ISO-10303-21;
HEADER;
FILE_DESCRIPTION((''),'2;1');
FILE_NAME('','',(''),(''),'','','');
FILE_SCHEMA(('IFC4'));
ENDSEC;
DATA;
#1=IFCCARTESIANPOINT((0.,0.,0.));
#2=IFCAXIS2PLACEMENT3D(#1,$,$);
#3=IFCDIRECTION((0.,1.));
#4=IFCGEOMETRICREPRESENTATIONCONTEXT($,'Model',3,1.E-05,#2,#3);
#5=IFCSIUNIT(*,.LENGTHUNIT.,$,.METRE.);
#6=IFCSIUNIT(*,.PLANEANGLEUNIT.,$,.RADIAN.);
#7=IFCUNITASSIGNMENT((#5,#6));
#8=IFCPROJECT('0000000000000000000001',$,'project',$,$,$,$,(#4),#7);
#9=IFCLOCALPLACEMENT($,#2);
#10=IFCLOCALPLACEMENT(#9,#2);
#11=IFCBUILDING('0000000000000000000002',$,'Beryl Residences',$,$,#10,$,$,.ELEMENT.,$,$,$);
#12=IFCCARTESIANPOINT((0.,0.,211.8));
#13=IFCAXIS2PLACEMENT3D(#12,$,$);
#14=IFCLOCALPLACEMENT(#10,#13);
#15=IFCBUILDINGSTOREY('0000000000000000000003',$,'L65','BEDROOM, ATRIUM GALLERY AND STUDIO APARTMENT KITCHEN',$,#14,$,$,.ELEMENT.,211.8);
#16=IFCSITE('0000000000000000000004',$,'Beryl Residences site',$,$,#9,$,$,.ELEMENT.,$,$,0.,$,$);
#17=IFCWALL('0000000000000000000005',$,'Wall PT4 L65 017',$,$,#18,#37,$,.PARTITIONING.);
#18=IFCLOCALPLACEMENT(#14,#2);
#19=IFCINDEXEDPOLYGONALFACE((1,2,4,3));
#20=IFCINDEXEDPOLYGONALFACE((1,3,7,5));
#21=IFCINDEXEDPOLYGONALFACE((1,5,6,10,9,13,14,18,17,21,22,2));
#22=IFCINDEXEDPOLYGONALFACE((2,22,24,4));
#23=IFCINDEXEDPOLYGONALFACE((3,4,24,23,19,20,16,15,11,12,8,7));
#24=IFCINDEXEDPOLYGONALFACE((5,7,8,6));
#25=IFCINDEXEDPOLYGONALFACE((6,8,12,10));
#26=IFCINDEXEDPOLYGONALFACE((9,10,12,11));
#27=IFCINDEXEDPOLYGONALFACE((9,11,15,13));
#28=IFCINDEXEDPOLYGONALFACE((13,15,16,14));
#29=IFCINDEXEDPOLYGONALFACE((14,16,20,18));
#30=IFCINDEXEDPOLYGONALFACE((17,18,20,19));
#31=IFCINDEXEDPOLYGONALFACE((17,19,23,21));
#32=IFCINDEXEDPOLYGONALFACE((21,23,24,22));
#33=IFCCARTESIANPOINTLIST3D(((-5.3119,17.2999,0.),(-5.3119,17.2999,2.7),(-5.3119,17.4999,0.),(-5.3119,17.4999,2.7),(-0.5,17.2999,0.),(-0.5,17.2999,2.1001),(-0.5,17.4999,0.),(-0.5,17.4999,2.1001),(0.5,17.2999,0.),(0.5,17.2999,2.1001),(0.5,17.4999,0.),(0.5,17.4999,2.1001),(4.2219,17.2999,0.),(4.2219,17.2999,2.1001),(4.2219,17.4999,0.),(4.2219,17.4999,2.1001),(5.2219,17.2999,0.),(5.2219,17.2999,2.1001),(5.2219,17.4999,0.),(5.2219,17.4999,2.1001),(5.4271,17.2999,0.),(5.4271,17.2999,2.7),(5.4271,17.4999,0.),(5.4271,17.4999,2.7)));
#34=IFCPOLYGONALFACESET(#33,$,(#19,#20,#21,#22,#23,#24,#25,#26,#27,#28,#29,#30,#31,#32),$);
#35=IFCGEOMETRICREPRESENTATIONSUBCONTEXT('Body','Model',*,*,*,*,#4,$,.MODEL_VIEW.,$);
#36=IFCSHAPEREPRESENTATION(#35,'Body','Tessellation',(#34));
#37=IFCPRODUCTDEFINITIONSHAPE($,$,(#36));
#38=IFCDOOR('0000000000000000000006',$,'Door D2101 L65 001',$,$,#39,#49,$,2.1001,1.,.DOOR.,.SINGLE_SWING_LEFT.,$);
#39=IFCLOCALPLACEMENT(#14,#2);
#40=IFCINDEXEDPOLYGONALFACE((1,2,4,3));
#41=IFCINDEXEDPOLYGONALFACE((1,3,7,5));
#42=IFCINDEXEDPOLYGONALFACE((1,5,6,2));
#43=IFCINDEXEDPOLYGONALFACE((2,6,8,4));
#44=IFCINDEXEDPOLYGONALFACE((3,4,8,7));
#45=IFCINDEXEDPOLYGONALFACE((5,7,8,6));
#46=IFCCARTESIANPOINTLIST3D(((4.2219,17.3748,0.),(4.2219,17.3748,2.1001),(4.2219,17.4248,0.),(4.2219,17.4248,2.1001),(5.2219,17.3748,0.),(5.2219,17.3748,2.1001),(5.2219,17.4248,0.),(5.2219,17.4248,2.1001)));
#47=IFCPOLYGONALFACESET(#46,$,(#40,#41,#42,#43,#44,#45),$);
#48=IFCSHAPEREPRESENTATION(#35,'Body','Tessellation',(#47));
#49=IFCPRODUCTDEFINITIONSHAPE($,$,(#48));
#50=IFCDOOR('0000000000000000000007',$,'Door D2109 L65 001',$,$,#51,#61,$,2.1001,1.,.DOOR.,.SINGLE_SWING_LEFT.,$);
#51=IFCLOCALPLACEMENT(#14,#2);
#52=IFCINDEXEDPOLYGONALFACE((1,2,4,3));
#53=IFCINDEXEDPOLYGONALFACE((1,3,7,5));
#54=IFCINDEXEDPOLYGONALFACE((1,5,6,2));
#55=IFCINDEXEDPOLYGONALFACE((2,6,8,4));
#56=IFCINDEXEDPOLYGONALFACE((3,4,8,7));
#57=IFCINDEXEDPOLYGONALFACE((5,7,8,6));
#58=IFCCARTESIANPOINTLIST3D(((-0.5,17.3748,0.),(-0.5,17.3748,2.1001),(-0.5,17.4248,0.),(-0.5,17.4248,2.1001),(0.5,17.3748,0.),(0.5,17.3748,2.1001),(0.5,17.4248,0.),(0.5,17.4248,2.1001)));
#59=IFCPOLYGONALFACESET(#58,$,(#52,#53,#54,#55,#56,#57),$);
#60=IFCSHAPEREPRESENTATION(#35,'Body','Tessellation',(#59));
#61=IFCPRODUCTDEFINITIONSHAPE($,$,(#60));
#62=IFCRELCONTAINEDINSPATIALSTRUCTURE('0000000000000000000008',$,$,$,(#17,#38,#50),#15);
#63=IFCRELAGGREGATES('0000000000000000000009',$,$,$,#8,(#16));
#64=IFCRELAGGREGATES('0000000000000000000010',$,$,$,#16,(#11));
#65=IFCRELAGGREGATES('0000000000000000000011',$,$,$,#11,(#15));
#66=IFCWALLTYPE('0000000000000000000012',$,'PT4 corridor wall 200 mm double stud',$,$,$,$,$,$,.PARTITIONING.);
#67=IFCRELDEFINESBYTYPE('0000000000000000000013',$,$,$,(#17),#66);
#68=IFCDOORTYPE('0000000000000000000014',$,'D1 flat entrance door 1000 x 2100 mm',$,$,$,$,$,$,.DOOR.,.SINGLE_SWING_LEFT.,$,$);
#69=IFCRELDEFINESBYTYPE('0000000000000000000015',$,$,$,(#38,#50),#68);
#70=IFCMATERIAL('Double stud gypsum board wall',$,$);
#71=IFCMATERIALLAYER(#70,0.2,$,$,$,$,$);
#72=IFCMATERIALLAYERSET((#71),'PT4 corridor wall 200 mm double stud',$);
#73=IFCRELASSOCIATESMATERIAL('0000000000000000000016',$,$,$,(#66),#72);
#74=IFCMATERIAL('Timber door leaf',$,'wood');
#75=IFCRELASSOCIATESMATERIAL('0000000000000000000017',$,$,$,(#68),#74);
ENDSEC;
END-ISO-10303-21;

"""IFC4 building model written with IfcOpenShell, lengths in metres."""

from ifc_helpers import new_model, si_unit, direction, frame, frame_2d, origin, place, context, subcontext, project, spatial, rectangle, extrude, material, layer, layer_set, type_object, element, fill, save


model = new_model("IFC4")

# Units and contexts
model_context = context("Model", 3, precision=1e-05, world=origin(), true_north=direction((0.0, 1.0)))
body_context = subcontext(model_context, "Body", "Model", "MODEL_VIEW")
ifc_project = project(units=[si_unit("LENGTHUNIT", "METRE"), si_unit("PLANEANGLEUNIT", "RADIAN")], contexts=[model_context])

# Site, building, storey
site_placement = place(None, origin())
site = spatial("IfcSite", under=ifc_project, at=site_placement, Name="Beryl Residences site", CompositionType="ELEMENT", RefElevation=0.0)
building_placement = place(site_placement, origin())
building = spatial("IfcBuilding", under=site, at=building_placement, Name="Beryl Residences", CompositionType="ELEMENT")
storey_placement = place(building_placement, frame((0.0, 0.0, 211.8)))
storey = spatial("IfcBuildingStorey", under=building, at=storey_placement, Name="L65", Description="BEDROOM, ATRIUM GALLERY AND STUDIO APARTMENT KITCHEN", CompositionType="ELEMENT", Elevation=211.8)

# Wall, openings, doors
ifc_material_1 = material(Name="Double stud gypsum board wall")
ifc_layer_1 = layer(ifc_material_1, 0.2)
ifc_layer_set_1 = layer_set([ifc_layer_1], Name="PT4 corridor wall 200 mm double stud")
wall_type_1 = type_object("IfcWallType", Name="PT4 corridor wall 200 mm double stud", PredefinedType="PARTITIONING", material=ifc_layer_set_1)
wall_1_placement = place(storey_placement, frame((-5.312, 17.3999, 0.0), z_axis=(0.0, 0.0, 1.0), x_axis=(1.0, 0.0, 0.0)))
wall_1 = element("IfcWall", 1, at=wall_1_placement, inside=storey, type_object=wall_type_1, Name="Wall PT4 L65 017", PredefinedType="PARTITIONING", context=body_context, shape_type="SweptSolid", body=[
    extrude(rectangle(XDim=10.739, YDim=0.2, at=frame_2d((5.3696, 0.0))), origin(), (0.0, 0.0, 1.0), 2.7),
])
opening_1_placement = place(wall_1_placement, frame((9.5339, 0.0, 0.0)))
opening_1 = element("IfcOpeningElement", 2, at=opening_1_placement, cuts=wall_1, PredefinedType="OPENING", context=body_context, shape_type="SweptSolid", body=[
    extrude(rectangle(XDim=1.0, YDim=2.1001, at=frame_2d((0.5, 1.05))), frame((0.0, 0.1099, 0.0), z_axis=(0.0, -1.0, 0.0), x_axis=(1.0, 0.0, 0.0)), (0.0, 0.0, 1.0), 0.22),
])
opening_2_placement = place(wall_1_placement, frame((4.812, 0.0, 0.0)))
opening_2 = element("IfcOpeningElement", 3, at=opening_2_placement, cuts=wall_1, PredefinedType="OPENING", context=body_context, shape_type="SweptSolid", body=[
    extrude(rectangle(XDim=1.0, YDim=2.1001, at=frame_2d((0.5, 1.05))), frame((0.0, 0.1099, 0.0), z_axis=(0.0, -1.0, 0.0), x_axis=(1.0, 0.0, 0.0)), (0.0, 0.0, 1.0), 0.22),
])
ifc_material_2 = material(Name="Timber door leaf", Category="wood")
door_type_1 = type_object("IfcDoorType", Name="D1 flat entrance door 1000 x 2100 mm", OperationType="SINGLE_SWING_LEFT", PredefinedType="DOOR", material=ifc_material_2)
door_1_placement = place(opening_1_placement, origin())
door_1 = element("IfcDoor", 4, at=door_1_placement, inside=storey, type_object=door_type_1, Name="Door D2101 L65 001", OperationType="SINGLE_SWING_LEFT", OverallHeight=2.1001, OverallWidth=1.0, PredefinedType="DOOR", context=body_context, shape_type="SweptSolid", body=[
    extrude(rectangle(XDim=1.0, YDim=2.1001, at=frame_2d((0.5, 1.05))), frame((0.0, 0.0249, 0.0), z_axis=(0.0, -1.0, 0.0), x_axis=(1.0, 0.0, 0.0)), (0.0, 0.0, 1.0), 0.05),
])
fill(opening_1, door_1)
door_2_placement = place(opening_2_placement, origin())
door_2 = element("IfcDoor", 5, at=door_2_placement, inside=storey, type_object=door_type_1, Name="Door D2109 L65 001", OperationType="SINGLE_SWING_LEFT", OverallHeight=2.1001, OverallWidth=1.0, PredefinedType="DOOR", context=body_context, shape_type="SweptSolid", body=[
    extrude(rectangle(XDim=1.0, YDim=2.1001, at=frame_2d((0.5, 1.05))), frame((0.0, 0.0249, 0.0), z_axis=(0.0, -1.0, 0.0), x_axis=(1.0, 0.0, 0.0)), (0.0, 0.0, 1.0), 0.05),
])
fill(opening_2, door_2)

save(model, "model.ifc")
